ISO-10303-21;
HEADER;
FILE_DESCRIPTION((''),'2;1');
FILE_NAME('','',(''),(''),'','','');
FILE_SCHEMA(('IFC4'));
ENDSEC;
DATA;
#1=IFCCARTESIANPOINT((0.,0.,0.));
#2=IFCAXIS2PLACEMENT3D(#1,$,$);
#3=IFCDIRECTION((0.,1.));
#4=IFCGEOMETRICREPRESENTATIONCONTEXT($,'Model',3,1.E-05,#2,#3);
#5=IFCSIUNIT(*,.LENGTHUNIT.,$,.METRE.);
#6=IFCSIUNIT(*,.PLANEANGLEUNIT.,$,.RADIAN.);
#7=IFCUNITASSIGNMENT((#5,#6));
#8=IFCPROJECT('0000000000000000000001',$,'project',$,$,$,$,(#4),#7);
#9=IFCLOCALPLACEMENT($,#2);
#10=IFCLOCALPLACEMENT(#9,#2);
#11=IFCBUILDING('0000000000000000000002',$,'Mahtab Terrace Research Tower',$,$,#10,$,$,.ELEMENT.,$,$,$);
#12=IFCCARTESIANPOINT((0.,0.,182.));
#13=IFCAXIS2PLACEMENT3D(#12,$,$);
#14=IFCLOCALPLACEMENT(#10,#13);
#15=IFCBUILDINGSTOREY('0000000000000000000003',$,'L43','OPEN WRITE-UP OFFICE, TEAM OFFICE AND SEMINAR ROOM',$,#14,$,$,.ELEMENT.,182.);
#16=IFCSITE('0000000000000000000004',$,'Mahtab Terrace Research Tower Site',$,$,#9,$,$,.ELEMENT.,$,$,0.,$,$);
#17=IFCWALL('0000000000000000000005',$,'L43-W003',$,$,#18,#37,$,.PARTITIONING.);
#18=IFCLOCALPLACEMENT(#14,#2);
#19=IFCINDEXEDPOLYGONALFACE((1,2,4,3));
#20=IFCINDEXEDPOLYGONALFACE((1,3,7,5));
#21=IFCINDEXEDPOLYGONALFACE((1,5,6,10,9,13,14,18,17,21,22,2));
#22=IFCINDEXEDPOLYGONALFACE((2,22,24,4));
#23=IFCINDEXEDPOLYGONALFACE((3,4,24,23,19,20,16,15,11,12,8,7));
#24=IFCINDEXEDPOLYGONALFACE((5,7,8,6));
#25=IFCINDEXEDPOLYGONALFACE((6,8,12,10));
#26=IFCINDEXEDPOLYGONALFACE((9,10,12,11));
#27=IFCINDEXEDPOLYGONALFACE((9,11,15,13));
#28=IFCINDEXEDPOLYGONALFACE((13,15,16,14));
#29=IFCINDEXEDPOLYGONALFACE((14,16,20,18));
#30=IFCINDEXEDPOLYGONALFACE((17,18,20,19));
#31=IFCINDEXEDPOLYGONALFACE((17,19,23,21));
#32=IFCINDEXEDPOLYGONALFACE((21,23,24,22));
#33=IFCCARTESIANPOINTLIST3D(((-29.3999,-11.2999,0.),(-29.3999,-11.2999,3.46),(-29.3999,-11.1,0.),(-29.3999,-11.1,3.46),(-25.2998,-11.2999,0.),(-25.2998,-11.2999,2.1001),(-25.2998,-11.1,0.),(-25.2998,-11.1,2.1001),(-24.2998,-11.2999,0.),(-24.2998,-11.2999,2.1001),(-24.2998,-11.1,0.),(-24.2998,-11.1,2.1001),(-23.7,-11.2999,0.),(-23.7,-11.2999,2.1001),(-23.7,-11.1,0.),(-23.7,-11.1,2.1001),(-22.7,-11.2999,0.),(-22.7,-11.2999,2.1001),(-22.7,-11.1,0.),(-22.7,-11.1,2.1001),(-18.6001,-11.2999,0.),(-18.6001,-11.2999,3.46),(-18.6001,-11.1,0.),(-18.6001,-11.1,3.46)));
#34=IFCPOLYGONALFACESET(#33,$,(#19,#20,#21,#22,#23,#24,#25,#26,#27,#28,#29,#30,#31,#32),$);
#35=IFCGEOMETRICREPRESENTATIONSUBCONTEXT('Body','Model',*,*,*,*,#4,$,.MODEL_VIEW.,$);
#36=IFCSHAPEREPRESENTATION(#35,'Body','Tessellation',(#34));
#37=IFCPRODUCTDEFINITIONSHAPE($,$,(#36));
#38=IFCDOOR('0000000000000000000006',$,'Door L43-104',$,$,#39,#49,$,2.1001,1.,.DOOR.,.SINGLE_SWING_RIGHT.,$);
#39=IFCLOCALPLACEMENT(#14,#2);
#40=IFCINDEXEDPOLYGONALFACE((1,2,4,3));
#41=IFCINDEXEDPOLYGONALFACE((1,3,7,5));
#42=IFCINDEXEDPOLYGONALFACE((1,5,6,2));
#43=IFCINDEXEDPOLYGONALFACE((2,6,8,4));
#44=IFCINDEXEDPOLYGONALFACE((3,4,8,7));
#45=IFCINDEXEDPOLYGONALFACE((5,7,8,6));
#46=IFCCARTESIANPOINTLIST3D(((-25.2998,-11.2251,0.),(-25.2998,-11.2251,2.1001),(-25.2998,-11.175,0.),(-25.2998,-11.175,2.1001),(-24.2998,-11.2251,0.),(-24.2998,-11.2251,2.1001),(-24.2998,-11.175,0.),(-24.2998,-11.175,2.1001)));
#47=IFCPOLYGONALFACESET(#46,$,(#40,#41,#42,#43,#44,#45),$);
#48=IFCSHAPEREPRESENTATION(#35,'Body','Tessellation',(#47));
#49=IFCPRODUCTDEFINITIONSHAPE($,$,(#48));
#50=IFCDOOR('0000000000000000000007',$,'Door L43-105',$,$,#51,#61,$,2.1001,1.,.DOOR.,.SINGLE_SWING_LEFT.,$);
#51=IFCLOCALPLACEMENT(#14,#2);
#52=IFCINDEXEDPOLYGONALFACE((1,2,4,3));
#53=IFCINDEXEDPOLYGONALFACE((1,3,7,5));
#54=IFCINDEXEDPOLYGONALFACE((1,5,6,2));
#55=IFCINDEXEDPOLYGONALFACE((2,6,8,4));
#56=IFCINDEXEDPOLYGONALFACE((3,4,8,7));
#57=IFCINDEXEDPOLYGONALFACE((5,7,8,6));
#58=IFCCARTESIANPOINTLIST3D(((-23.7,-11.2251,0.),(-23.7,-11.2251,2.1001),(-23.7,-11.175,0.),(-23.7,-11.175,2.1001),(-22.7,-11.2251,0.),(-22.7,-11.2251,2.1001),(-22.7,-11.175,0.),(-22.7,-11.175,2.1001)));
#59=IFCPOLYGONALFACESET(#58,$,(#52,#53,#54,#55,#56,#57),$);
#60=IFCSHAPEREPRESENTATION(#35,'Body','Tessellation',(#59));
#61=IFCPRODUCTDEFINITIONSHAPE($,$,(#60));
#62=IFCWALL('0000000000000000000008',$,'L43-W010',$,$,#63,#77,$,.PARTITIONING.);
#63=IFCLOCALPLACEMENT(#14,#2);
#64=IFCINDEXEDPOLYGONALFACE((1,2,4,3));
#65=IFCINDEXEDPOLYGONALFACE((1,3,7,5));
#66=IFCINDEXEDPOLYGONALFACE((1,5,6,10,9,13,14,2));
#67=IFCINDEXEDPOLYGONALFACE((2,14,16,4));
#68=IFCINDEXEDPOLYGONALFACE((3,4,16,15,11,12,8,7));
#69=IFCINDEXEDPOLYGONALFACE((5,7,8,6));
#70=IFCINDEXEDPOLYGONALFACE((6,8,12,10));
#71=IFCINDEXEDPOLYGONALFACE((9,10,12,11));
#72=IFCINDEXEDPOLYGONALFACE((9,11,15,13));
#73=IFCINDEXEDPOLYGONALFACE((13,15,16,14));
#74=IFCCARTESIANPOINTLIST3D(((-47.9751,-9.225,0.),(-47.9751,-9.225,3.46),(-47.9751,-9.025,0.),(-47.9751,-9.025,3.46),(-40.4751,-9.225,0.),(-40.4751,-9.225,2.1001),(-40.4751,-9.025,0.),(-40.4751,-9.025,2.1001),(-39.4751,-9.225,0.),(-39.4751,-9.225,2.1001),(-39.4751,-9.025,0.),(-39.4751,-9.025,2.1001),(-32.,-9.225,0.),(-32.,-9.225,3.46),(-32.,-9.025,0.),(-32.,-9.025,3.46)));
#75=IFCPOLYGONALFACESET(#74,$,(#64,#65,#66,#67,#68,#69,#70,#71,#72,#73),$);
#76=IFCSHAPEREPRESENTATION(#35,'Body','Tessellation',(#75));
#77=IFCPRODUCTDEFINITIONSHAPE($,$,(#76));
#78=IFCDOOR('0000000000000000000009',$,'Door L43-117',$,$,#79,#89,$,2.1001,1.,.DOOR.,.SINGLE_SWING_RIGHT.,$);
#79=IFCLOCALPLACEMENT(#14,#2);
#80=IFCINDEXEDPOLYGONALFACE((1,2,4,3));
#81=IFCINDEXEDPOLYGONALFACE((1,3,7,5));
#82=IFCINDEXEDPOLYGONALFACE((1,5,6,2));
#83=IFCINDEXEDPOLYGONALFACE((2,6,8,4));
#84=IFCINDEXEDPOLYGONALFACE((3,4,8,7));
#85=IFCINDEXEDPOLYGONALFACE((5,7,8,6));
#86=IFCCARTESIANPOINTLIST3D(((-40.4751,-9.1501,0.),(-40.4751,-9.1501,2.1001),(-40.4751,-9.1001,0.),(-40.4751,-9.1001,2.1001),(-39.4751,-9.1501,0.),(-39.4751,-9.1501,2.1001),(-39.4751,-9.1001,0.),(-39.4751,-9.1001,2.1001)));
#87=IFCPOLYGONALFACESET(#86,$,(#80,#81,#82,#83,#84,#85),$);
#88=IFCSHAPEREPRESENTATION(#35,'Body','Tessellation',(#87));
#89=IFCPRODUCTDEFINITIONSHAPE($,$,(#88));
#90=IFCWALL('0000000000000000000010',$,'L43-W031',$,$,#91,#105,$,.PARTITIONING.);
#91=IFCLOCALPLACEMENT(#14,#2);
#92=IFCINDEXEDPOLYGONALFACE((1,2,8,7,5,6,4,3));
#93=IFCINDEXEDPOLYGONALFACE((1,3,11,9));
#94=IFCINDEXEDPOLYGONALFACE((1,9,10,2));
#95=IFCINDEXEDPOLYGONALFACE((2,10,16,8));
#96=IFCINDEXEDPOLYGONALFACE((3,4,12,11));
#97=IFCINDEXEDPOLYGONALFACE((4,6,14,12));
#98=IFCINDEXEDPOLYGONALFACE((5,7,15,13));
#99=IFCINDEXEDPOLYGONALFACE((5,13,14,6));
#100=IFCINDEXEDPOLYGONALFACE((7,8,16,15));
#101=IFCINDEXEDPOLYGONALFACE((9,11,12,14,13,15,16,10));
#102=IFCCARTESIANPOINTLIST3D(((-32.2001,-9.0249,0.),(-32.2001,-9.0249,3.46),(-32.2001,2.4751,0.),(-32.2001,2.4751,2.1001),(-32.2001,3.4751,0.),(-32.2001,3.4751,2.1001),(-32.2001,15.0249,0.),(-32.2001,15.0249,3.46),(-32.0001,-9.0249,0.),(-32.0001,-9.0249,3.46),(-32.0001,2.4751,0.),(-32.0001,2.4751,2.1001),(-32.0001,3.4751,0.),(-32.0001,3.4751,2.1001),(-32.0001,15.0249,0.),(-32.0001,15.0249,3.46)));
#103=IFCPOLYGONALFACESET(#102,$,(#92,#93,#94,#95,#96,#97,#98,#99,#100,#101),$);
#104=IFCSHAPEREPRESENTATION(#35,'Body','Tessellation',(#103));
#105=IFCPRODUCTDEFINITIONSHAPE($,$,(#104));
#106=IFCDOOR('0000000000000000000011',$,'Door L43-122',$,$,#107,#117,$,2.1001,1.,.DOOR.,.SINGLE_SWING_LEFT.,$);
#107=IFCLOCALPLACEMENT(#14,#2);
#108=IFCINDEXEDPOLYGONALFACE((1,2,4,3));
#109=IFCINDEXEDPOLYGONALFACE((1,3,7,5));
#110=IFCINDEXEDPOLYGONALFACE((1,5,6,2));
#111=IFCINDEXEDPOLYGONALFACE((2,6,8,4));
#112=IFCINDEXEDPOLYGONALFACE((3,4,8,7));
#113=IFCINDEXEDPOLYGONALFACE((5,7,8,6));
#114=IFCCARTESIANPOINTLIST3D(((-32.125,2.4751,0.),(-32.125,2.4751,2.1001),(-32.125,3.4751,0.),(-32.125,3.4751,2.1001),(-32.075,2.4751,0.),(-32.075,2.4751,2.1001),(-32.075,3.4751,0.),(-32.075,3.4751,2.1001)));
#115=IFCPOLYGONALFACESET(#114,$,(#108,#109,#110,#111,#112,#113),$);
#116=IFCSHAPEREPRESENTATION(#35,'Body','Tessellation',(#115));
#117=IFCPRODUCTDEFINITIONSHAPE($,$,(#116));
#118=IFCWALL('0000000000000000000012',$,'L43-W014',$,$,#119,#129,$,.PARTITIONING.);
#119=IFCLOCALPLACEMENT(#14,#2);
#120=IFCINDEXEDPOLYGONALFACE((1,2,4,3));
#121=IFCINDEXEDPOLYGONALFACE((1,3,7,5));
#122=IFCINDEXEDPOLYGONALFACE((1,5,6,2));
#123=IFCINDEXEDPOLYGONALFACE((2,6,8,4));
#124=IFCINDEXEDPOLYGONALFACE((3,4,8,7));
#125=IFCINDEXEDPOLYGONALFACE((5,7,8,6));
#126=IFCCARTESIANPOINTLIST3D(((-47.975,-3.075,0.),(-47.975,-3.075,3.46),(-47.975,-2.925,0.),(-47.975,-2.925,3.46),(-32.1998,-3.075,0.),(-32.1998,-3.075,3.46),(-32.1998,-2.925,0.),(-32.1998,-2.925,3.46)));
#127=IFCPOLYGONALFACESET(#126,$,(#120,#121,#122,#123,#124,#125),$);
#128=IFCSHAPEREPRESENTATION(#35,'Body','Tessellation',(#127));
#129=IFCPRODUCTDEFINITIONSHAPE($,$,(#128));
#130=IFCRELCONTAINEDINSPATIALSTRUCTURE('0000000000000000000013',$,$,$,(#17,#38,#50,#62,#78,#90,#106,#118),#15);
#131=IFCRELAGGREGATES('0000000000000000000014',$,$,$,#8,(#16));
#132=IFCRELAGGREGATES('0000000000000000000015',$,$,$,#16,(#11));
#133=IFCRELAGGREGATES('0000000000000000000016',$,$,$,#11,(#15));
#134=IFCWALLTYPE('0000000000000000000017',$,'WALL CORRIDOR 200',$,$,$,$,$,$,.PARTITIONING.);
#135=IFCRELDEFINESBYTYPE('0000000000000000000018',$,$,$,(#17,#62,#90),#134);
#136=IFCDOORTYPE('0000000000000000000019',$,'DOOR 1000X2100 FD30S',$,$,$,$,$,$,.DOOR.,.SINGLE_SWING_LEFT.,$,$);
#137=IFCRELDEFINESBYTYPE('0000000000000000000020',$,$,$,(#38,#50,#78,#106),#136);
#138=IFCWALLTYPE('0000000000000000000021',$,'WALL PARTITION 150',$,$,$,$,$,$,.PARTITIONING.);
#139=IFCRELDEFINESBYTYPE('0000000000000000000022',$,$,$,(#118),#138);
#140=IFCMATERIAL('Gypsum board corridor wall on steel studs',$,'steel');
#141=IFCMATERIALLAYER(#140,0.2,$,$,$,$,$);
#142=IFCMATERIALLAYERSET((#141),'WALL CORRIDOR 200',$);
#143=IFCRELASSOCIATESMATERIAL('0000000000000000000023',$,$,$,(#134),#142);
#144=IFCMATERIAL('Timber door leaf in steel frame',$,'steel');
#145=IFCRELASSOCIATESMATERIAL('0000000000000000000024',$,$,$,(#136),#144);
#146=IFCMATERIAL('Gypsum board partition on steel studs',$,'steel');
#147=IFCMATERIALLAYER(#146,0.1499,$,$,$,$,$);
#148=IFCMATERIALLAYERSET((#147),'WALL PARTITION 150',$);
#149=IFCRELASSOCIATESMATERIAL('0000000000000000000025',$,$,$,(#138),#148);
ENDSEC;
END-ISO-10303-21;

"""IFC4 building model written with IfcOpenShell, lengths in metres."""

from ifc_helpers import new_model, si_unit, direction, frame, frame_2d, origin, place, context, subcontext, project, spatial, rectangle, extrude, material, layer, layer_set, type_object, element, fill, save


model = new_model("IFC4")

# Units and contexts
model_context = context("Model", 3, precision=1e-05, world=origin(), true_north=direction((0.0, 1.0)))
body_context = subcontext(model_context, "Body", "Model", "MODEL_VIEW")
ifc_project = project(units=[si_unit("LENGTHUNIT", "METRE"), si_unit("PLANEANGLEUNIT", "RADIAN")], contexts=[model_context])

# Site, building, storey
site_placement = place(None, origin())
site = spatial("IfcSite", under=ifc_project, at=site_placement, Name="Mahtab Terrace Research Tower Site", CompositionType="ELEMENT", RefElevation=0.0)
building_placement = place(site_placement, origin())
building = spatial("IfcBuilding", under=site, at=building_placement, Name="Mahtab Terrace Research Tower", CompositionType="ELEMENT")
storey_placement = place(building_placement, frame((0.0, 0.0, 182.0)))
storey = spatial("IfcBuildingStorey", under=building, at=storey_placement, Name="L43", Description="OPEN WRITE-UP OFFICE, TEAM OFFICE AND SEMINAR ROOM", CompositionType="ELEMENT", Elevation=182.0)

# Shared definitions
ifc_material_1 = material(Name="Gypsum board corridor wall on steel studs", Category="steel")
ifc_layer_1 = layer(ifc_material_1, 0.2)
ifc_layer_set_1 = layer_set([ifc_layer_1], Name="WALL CORRIDOR 200")
wall_type_1 = type_object("IfcWallType", Name="WALL CORRIDOR 200", PredefinedType="PARTITIONING", material=ifc_layer_set_1)
ifc_material_2 = material(Name="Timber door leaf in steel frame", Category="steel")

# Wall, openings, doors
door_type_1 = type_object("IfcDoorType", Name="DOOR 1000X2100 FD30S", OperationType="SINGLE_SWING_LEFT", PredefinedType="DOOR", material=ifc_material_2)
wall_1_placement = place(storey_placement, frame((-29.3999, -11.2, 0.0), z_axis=(0.0, 0.0, 1.0), x_axis=(1.0, 0.0, 0.0)))
wall_1 = element("IfcWall", 1, at=wall_1_placement, inside=storey, type_object=wall_type_1, Name="L43-W003", PredefinedType="PARTITIONING", context=body_context, shape_type="SweptSolid", body=[
    extrude(rectangle(XDim=10.7998, YDim=0.2, at=frame_2d((5.3999, 0.0))), origin(), (0.0, 0.0, 1.0), 3.46),
])
opening_1_placement = place(wall_1_placement, frame((4.1001, 0.0, 0.0)))
opening_1 = element("IfcOpeningElement", 2, at=opening_1_placement, cuts=wall_1, PredefinedType="OPENING", context=body_context, shape_type="SweptSolid", body=[
    extrude(rectangle(XDim=1.0, YDim=2.1001, at=frame_2d((0.5, 1.05))), frame((0.0, 0.1099, 0.0), z_axis=(0.0, -1.0, 0.0), x_axis=(1.0, 0.0, 0.0)), (0.0, 0.0, 1.0), 0.22),
])
opening_2_placement = place(wall_1_placement, frame((5.7, 0.0, 0.0)))
opening_2 = element("IfcOpeningElement", 3, at=opening_2_placement, cuts=wall_1, PredefinedType="OPENING", context=body_context, shape_type="SweptSolid", body=[
    extrude(rectangle(XDim=1.0, YDim=2.1001, at=frame_2d((0.5, 1.05))), frame((0.0, 0.1099, 0.0), z_axis=(0.0, -1.0, 0.0), x_axis=(1.0, 0.0, 0.0)), (0.0, 0.0, 1.0), 0.22),
])
door_1_placement = place(opening_1_placement, origin())
door_1 = element("IfcDoor", 4, at=door_1_placement, inside=storey, type_object=door_type_1, Name="Door L43-104", OperationType="SINGLE_SWING_RIGHT", OverallHeight=2.1001, OverallWidth=1.0, PredefinedType="DOOR", context=body_context, shape_type="SweptSolid", body=[
    extrude(rectangle(XDim=1.0, YDim=2.1001, at=frame_2d((0.5, 1.05))), frame((0.0, 0.0249, 0.0), z_axis=(0.0, -1.0, 0.0), x_axis=(1.0, 0.0, 0.0)), (0.0, 0.0, 1.0), 0.05),
])
fill(opening_1, door_1)
door_2_placement = place(opening_2_placement, origin())
door_2 = element("IfcDoor", 5, at=door_2_placement, inside=storey, type_object=door_type_1, Name="Door L43-105", OperationType="SINGLE_SWING_LEFT", OverallHeight=2.1001, OverallWidth=1.0, PredefinedType="DOOR", context=body_context, shape_type="SweptSolid", body=[
    extrude(rectangle(XDim=1.0, YDim=2.1001, at=frame_2d((0.5, 1.05))), frame((0.0, 0.0249, 0.0), z_axis=(0.0, -1.0, 0.0), x_axis=(1.0, 0.0, 0.0)), (0.0, 0.0, 1.0), 0.05),
])
fill(opening_2, door_2)

# Walls, openings, doors
wall_2_placement = place(storey_placement, frame((-47.9751, -9.125, 0.0), z_axis=(0.0, 0.0, 1.0), x_axis=(1.0, 0.0, 0.0)))
wall_2 = element("IfcWall", 6, at=wall_2_placement, inside=storey, type_object=wall_type_1, Name="L43-W010", PredefinedType="PARTITIONING", context=body_context, shape_type="SweptSolid", body=[
    extrude(rectangle(XDim=15.9751, YDim=0.2, at=frame_2d((7.9875, 0.0))), origin(), (0.0, 0.0, 1.0), 3.46),
])
opening_3_placement = place(wall_2_placement, frame((7.5, 0.0, 0.0)))
opening_3 = element("IfcOpeningElement", 7, at=opening_3_placement, cuts=wall_2, PredefinedType="OPENING", context=body_context, shape_type="SweptSolid", body=[
    extrude(rectangle(XDim=1.0, YDim=2.1001, at=frame_2d((0.5, 1.05))), frame((0.0, 0.1099, 0.0), z_axis=(0.0, -1.0, 0.0), x_axis=(1.0, 0.0, 0.0)), (0.0, 0.0, 1.0), 0.22),
])
door_3_placement = place(opening_3_placement, origin())
door_3 = element("IfcDoor", 8, at=door_3_placement, inside=storey, type_object=door_type_1, Name="Door L43-117", OperationType="SINGLE_SWING_RIGHT", OverallHeight=2.1001, OverallWidth=1.0, PredefinedType="DOOR", context=body_context, shape_type="SweptSolid", body=[
    extrude(rectangle(XDim=1.0, YDim=2.1001, at=frame_2d((0.5, 1.05))), frame((0.0, 0.0249, 0.0), z_axis=(0.0, -1.0, 0.0), x_axis=(1.0, 0.0, 0.0)), (0.0, 0.0, 1.0), 0.05),
])
fill(opening_3, door_3)
wall_3_placement = place(storey_placement, frame((-32.1001, -9.0249, 0.0), z_axis=(0.0, 0.0, 1.0), x_axis=(0.0, 1.0, 0.0)))
wall_3 = element("IfcWall", 9, at=wall_3_placement, inside=storey, type_object=wall_type_1, Name="L43-W031", PredefinedType="PARTITIONING", context=body_context, shape_type="SweptSolid", body=[
    extrude(rectangle(XDim=24.0498, YDim=0.2, at=frame_2d((12.0249, 0.0))), origin(), (0.0, 0.0, 1.0), 3.46),
])
opening_4_placement = place(wall_3_placement, frame((11.5, 0.0, 0.0)))
opening_4 = element("IfcOpeningElement", 10, at=opening_4_placement, cuts=wall_3, PredefinedType="OPENING", context=body_context, shape_type="SweptSolid", body=[
    extrude(rectangle(XDim=1.0, YDim=2.1001, at=frame_2d((0.5, 1.05))), frame((0.0, 0.1099, 0.0), z_axis=(0.0, -1.0, 0.0), x_axis=(1.0, 0.0, 0.0)), (0.0, 0.0, 1.0), 0.22),
])
door_4_placement = place(opening_4_placement, origin())
door_4 = element("IfcDoor", 11, at=door_4_placement, inside=storey, type_object=door_type_1, Name="Door L43-122", OperationType="SINGLE_SWING_LEFT", OverallHeight=2.1001, OverallWidth=1.0, PredefinedType="DOOR", context=body_context, shape_type="SweptSolid", body=[
    extrude(rectangle(XDim=1.0, YDim=2.1001, at=frame_2d((0.5, 1.05))), frame((0.0, 0.0249, 0.0), z_axis=(0.0, -1.0, 0.0), x_axis=(1.0, 0.0, 0.0)), (0.0, 0.0, 1.0), 0.05),
])
fill(opening_4, door_4)

# Wall
ifc_material_3 = material(Name="Gypsum board partition on steel studs", Category="steel")
ifc_layer_2 = layer(ifc_material_3, 0.1499)
ifc_layer_set_2 = layer_set([ifc_layer_2], Name="WALL PARTITION 150")
wall_type_2 = type_object("IfcWallType", Name="WALL PARTITION 150", PredefinedType="PARTITIONING", material=ifc_layer_set_2)
wall_4_placement = place(storey_placement, frame((-47.9751, -3.0, 0.0), z_axis=(0.0, 0.0, 1.0), x_axis=(1.0, 0.0, 0.0)))
element("IfcWall", 12, at=wall_4_placement, inside=storey, type_object=wall_type_2, Name="L43-W014", PredefinedType="PARTITIONING", context=body_context, shape_type="SweptSolid", body=[
    extrude(rectangle(XDim=15.7751, YDim=0.1499, at=frame_2d((7.8877, 0.0))), origin(), (0.0, 0.0, 1.0), 3.46),
])

save(model, "model.ifc")
